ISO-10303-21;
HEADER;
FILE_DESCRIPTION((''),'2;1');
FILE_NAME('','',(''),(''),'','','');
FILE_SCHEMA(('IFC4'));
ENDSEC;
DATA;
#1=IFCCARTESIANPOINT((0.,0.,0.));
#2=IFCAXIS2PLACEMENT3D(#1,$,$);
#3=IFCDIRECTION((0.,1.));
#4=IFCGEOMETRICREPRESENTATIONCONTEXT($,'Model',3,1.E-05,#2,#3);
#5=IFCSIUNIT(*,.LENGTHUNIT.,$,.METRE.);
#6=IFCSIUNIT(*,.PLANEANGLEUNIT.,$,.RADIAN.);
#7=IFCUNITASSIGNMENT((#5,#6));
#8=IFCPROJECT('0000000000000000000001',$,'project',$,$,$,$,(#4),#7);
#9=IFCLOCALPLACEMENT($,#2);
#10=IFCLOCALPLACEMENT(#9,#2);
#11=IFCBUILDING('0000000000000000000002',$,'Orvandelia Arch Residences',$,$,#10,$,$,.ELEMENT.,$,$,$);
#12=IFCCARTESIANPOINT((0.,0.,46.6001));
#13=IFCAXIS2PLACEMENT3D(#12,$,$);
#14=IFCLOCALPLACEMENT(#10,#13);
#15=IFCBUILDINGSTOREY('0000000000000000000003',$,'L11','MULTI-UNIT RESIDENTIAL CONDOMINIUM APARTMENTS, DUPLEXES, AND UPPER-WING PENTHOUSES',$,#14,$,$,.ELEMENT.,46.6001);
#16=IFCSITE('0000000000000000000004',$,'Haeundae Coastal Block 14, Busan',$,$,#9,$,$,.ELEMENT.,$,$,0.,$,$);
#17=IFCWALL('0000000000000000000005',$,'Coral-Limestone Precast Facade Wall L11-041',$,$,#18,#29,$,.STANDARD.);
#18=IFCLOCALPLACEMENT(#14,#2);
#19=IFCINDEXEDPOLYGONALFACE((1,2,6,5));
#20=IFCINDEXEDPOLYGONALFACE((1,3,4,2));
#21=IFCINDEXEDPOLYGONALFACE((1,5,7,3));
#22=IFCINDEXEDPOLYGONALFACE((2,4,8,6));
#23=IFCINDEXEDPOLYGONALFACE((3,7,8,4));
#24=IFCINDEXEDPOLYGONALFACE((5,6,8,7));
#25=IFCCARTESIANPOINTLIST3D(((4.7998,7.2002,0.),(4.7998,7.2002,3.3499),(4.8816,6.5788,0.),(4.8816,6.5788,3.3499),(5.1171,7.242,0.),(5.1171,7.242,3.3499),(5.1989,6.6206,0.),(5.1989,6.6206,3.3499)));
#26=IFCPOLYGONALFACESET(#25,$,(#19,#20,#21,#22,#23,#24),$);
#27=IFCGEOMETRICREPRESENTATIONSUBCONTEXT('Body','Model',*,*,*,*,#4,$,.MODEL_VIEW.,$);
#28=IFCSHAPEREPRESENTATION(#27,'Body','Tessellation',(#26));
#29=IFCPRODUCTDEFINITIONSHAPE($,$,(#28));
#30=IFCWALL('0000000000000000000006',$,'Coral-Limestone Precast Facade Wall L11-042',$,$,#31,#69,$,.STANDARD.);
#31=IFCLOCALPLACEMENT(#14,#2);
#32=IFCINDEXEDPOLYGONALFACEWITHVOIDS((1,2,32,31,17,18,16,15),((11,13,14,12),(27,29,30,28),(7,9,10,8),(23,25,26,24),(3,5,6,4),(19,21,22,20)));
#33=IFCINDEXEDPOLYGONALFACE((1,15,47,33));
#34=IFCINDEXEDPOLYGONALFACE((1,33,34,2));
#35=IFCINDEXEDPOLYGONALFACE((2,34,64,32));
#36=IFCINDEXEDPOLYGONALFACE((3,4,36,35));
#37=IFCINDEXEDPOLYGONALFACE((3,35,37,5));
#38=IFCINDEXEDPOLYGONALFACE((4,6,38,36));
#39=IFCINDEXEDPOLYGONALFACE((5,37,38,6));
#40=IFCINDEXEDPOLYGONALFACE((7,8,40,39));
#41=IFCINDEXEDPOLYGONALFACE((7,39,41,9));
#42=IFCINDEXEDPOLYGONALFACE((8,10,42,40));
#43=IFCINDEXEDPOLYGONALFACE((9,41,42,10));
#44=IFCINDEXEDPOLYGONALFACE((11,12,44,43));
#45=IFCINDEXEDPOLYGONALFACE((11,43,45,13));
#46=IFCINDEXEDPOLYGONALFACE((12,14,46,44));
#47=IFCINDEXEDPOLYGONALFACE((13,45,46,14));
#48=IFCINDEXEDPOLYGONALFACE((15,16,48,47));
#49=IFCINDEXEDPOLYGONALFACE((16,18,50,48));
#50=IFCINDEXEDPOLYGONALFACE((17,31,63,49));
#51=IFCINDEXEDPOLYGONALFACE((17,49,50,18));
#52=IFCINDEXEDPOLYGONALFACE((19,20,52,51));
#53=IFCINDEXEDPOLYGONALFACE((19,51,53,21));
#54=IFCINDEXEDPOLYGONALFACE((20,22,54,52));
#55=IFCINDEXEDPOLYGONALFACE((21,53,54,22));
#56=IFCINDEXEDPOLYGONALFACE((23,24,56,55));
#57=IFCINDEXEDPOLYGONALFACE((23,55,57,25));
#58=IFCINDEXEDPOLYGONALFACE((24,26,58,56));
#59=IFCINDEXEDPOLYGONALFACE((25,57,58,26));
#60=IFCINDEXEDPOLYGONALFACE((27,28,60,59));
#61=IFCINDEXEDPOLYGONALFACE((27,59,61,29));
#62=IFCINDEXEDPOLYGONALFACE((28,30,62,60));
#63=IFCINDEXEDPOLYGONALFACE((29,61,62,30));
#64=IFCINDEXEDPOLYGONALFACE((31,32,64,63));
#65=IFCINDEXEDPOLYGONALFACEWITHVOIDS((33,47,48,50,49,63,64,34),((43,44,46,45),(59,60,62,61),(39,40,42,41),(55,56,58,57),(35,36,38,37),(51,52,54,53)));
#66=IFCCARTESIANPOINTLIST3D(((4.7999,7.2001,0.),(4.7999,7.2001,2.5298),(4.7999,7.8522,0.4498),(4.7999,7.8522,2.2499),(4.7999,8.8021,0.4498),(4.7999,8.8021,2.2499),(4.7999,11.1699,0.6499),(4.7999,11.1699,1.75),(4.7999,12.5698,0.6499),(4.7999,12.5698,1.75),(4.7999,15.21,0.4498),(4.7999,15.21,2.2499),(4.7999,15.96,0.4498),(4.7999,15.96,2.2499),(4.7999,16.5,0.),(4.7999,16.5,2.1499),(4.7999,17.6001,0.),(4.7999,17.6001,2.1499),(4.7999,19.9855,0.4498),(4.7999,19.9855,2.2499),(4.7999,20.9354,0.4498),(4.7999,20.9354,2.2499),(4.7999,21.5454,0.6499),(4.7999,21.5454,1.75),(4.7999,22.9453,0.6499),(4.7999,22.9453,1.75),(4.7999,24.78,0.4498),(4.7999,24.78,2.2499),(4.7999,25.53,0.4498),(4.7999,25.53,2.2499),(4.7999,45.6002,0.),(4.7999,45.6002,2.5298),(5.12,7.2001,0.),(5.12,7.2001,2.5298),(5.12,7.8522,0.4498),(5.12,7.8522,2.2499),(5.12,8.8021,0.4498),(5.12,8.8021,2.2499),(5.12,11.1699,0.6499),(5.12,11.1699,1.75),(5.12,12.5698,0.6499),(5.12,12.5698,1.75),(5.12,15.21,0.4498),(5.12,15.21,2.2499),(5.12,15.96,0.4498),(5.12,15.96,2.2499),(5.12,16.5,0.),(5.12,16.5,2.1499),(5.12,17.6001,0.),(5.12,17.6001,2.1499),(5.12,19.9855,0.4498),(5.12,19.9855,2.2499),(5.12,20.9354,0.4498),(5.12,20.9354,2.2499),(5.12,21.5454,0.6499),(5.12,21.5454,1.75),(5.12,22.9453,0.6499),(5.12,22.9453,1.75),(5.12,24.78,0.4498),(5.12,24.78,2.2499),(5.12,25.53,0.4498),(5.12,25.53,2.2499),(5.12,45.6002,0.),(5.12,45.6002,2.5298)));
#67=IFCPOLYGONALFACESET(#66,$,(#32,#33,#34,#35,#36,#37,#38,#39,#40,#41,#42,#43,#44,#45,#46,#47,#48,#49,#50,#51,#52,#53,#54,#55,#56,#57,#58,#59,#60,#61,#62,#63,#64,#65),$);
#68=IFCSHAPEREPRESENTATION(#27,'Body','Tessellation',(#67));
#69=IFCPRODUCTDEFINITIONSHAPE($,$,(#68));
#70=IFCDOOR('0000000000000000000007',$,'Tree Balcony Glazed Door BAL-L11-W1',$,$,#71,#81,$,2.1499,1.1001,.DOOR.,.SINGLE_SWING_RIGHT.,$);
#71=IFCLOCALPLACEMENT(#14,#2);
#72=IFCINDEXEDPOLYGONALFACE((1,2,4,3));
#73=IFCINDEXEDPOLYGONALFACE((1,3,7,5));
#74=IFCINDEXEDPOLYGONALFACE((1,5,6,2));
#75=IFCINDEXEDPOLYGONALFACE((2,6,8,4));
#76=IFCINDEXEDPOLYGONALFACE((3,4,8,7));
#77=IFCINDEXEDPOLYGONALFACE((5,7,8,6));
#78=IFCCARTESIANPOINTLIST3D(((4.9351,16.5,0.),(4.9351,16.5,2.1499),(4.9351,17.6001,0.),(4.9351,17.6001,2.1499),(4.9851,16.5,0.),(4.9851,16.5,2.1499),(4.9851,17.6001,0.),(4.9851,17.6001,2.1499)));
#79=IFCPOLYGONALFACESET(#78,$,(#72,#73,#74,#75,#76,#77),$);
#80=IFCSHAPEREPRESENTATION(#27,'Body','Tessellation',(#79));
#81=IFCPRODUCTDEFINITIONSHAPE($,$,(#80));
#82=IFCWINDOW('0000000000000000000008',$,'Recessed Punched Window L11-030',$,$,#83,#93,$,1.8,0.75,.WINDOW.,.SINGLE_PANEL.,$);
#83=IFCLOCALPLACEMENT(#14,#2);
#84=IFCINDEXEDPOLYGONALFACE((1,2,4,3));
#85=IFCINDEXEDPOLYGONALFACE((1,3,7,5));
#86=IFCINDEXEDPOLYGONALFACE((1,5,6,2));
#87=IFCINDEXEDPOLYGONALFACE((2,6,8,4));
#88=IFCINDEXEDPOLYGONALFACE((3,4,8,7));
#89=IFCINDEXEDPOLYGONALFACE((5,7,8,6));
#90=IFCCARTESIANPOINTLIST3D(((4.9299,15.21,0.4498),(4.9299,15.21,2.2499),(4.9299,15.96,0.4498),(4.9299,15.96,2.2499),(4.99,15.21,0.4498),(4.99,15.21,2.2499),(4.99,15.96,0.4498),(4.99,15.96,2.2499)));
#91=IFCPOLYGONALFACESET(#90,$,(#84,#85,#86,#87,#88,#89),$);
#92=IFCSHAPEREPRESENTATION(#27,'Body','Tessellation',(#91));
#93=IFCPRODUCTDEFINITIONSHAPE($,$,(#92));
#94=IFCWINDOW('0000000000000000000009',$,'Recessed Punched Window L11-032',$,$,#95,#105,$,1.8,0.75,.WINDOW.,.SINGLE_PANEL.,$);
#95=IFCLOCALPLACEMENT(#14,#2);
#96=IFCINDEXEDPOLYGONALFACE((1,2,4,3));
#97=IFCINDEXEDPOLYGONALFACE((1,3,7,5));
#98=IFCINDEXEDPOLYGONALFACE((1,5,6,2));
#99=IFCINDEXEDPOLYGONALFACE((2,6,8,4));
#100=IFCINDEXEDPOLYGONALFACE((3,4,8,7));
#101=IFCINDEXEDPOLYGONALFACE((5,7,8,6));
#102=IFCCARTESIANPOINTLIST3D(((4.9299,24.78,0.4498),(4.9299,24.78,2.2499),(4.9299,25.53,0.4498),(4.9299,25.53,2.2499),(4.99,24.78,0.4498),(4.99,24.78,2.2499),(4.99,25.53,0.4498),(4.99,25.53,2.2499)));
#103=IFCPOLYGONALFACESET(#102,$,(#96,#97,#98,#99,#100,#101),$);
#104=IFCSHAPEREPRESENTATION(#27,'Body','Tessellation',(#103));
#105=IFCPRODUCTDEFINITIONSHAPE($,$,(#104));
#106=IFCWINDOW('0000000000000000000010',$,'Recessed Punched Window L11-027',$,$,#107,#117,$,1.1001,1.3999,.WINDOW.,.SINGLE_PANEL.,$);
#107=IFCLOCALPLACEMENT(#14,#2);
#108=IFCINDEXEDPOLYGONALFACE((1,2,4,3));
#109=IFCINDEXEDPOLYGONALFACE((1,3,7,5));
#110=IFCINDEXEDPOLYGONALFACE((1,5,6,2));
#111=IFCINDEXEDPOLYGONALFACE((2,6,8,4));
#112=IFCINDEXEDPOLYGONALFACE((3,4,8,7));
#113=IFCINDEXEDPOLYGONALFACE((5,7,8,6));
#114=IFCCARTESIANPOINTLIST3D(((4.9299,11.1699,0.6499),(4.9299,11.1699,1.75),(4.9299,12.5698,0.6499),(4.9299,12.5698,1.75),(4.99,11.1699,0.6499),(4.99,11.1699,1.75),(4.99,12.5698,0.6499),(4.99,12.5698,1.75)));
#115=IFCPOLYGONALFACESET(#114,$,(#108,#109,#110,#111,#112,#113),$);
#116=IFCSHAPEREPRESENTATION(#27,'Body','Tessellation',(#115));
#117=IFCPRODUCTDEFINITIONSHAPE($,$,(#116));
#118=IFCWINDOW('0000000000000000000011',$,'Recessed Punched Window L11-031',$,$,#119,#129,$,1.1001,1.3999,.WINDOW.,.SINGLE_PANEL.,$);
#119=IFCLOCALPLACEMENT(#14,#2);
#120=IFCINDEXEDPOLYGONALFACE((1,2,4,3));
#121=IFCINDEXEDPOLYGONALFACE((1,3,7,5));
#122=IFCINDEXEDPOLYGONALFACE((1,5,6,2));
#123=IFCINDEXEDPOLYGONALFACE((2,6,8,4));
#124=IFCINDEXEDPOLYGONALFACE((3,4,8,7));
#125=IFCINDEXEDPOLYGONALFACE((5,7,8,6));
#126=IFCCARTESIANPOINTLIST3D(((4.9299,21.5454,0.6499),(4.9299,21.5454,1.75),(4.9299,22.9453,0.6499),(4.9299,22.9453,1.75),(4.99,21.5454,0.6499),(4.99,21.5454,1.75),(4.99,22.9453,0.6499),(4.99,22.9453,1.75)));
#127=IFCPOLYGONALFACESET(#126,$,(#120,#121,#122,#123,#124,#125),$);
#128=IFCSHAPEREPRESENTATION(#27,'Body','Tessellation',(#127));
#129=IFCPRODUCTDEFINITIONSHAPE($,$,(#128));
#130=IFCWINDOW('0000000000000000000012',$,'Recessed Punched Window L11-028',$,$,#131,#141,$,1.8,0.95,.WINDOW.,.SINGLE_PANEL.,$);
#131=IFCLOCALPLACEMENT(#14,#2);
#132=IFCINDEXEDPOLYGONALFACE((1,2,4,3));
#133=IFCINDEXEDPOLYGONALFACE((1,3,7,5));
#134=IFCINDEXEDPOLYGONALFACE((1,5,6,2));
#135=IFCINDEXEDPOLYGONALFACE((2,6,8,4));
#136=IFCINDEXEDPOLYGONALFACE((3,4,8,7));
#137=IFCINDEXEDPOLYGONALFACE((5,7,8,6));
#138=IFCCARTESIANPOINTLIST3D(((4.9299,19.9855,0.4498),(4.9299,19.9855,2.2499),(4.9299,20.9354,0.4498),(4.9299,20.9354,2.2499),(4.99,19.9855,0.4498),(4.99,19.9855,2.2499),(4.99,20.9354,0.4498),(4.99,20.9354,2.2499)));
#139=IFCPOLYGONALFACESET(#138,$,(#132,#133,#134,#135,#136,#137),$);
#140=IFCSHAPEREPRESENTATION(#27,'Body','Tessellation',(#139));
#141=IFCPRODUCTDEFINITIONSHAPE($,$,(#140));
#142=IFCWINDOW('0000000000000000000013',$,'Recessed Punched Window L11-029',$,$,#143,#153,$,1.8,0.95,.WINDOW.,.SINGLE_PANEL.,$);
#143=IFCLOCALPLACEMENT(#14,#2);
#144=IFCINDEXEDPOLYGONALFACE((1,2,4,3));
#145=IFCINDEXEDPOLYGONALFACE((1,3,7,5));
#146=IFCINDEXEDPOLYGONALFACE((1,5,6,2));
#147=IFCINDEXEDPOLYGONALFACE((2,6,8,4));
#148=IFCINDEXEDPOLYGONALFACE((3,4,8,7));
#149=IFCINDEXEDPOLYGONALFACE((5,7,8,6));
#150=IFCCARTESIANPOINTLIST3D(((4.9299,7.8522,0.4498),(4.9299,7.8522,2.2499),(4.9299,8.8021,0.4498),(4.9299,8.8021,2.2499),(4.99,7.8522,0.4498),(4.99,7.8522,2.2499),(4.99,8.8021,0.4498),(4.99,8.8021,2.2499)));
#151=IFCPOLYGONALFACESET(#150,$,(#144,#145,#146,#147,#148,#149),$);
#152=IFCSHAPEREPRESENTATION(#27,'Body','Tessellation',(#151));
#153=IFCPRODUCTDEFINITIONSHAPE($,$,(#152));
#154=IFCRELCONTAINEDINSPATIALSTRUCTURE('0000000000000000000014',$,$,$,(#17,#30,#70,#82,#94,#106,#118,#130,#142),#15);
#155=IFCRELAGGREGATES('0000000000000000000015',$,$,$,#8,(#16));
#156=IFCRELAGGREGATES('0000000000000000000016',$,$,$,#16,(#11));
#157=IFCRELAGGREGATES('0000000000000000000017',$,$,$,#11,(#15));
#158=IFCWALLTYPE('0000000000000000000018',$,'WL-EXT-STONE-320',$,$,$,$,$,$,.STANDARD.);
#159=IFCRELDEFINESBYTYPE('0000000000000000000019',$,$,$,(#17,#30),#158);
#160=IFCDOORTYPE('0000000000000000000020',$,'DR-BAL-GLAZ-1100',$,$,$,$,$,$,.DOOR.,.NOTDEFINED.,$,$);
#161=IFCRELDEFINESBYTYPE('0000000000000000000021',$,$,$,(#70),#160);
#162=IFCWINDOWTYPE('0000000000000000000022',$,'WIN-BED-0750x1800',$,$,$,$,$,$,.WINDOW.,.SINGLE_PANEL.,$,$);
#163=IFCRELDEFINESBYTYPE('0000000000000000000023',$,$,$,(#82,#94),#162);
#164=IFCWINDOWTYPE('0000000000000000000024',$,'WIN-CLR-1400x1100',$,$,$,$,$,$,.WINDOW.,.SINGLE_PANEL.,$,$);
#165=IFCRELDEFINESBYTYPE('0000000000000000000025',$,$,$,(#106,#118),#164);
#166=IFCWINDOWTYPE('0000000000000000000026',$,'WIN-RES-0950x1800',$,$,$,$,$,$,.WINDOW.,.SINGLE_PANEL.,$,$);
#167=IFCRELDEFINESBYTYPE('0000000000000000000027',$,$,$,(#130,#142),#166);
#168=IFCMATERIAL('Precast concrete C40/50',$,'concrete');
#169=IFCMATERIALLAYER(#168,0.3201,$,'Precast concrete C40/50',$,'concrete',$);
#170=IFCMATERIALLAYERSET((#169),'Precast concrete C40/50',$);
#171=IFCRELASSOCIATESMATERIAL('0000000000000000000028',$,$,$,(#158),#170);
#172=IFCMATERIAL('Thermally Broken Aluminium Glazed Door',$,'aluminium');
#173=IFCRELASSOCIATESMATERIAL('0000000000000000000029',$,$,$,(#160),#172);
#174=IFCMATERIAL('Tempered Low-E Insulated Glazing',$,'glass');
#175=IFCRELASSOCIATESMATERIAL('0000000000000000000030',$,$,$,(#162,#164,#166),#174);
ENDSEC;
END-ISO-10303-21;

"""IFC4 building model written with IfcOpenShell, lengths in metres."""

from ifc_helpers import new_model, si_unit, direction, frame, frame_2d, origin, place, context, subcontext, project, spatial, rectangle, extrude, material, layer, layer_set, type_object, element, fill, save


model = new_model("IFC4")

# Units and contexts
model_context = context("Model", 3, precision=1e-05, world=origin(), true_north=direction((0.0, 1.0)))
body_context = subcontext(model_context, "Body", "Model", "MODEL_VIEW")
ifc_project = project(units=[si_unit("LENGTHUNIT", "METRE"), si_unit("PLANEANGLEUNIT", "RADIAN")], contexts=[model_context])

# Site, building, storey
site_placement = place(None, origin())
site = spatial("IfcSite", under=ifc_project, at=site_placement, Name="Haeundae Coastal Block 14, Busan", CompositionType="ELEMENT", RefElevation=0.0)
building_placement = place(site_placement, origin())
building = spatial("IfcBuilding", under=site, at=building_placement, Name="Orvandelia Arch Residences", CompositionType="ELEMENT")
storey_placement = place(building_placement, frame((0.0, 0.0, 46.6001)))
storey = spatial("IfcBuildingStorey", under=building, at=storey_placement, Name="L11", Description="MULTI-UNIT RESIDENTIAL CONDOMINIUM APARTMENTS, DUPLEXES, AND UPPER-WING PENTHOUSES", CompositionType="ELEMENT", Elevation=46.6001)

# Shared definitions
ifc_material_1 = material(Name="Precast concrete C40/50", Category="concrete")

# Wall
ifc_layer_1 = layer(ifc_material_1, 0.3201, Name="Precast concrete C40/50", Category="concrete")
ifc_layer_set_1 = layer_set([ifc_layer_1], Name="Precast concrete C40/50")
wall_type_1 = type_object("IfcWallType", Name="WL-EXT-STONE-320", PredefinedType="STANDARD", material=ifc_layer_set_1)
wall_1_placement = place(storey_placement, frame((5.0403, 6.5996, 0.0), z_axis=(0.0, 0.0, 1.0), x_axis=(-0.130505, 0.991448, 0.0)))
element("IfcWall", 1, at=wall_1_placement, inside=storey, type_object=wall_type_1, Name="Coral-Limestone Precast Facade Wall L11-041", PredefinedType="STANDARD", context=body_context, shape_type="SweptSolid", body=[
    extrude(rectangle(XDim=0.6267, YDim=0.3201, at=frame_2d((0.3135, 0.0))), origin(), (0.0, 0.0, 1.0), 3.3499),
])

# Wall, openings, door, windows
wall_2_placement = place(storey_placement, frame((4.96, 7.2, 0.0), z_axis=(0.0, 0.0, 1.0), x_axis=(0.0, 1.0, 0.0)))
wall_2 = element("IfcWall", 2, at=wall_2_placement, inside=storey, type_object=wall_type_1, Name="Coral-Limestone Precast Facade Wall L11-042", PredefinedType="STANDARD", context=body_context, shape_type="SweptSolid", body=[
    extrude(rectangle(XDim=38.4001, YDim=0.3201, at=frame_2d((19.2002, 0.0))), origin(), (0.0, 0.0, 1.0), 2.5298),
])
opening_1_placement = place(wall_2_placement, frame((9.3, 0.0, 0.0)))
opening_1 = element("IfcOpeningElement", 3, at=opening_1_placement, cuts=wall_2, PredefinedType="OPENING", context=body_context, shape_type="SweptSolid", body=[
    extrude(rectangle(XDim=1.1001, YDim=2.1499, at=frame_2d((0.55, 1.075))), frame((0.0, 0.1699, 0.0), z_axis=(0.0, -1.0, 0.0), x_axis=(1.0, 0.0, 0.0)), (0.0, 0.0, 1.0), 0.3401),
])
opening_2_placement = place(wall_2_placement, frame((3.97, 0.0, 0.6499)))
opening_2 = element("IfcOpeningElement", 4, at=opening_2_placement, cuts=wall_2, PredefinedType="OPENING", context=body_context, shape_type="SweptSolid", body=[
    extrude(rectangle(XDim=1.3999, YDim=1.1001, at=frame_2d((0.7, 0.55))), frame((0.0, 0.1699, 0.0), z_axis=(0.0, -1.0, 0.0), x_axis=(1.0, 0.0, 0.0)), (0.0, 0.0, 1.0), 0.3401),
])
opening_3_placement = place(wall_2_placement, frame((12.7854, 0.0, 0.45)))
opening_3 = element("IfcOpeningElement", 5, at=opening_3_placement, cuts=wall_2, PredefinedType="OPENING", context=body_context, shape_type="SweptSolid", body=[
    extrude(rectangle(XDim=0.95, YDim=1.8, at=frame_2d((0.4751, 0.8999))), frame((0.0, 0.1699, 0.0), z_axis=(0.0, -1.0, 0.0), x_axis=(1.0, 0.0, 0.0)), (0.0, 0.0, 1.0), 0.3401),
])
opening_4_placement = place(wall_2_placement, frame((0.6521, 0.0, 0.45)))
opening_4 = element("IfcOpeningElement", 6, at=opening_4_placement, cuts=wall_2, PredefinedType="OPENING", context=body_context, shape_type="SweptSolid", body=[
    extrude(rectangle(XDim=0.95, YDim=1.8, at=frame_2d((0.4751, 0.8999))), frame((0.0, 0.1699, 0.0), z_axis=(0.0, -1.0, 0.0), x_axis=(1.0, 0.0, 0.0)), (0.0, 0.0, 1.0), 0.3401),
])
opening_5_placement = place(wall_2_placement, frame((8.01, 0.0, 0.45)))
opening_5 = element("IfcOpeningElement", 7, at=opening_5_placement, cuts=wall_2, PredefinedType="OPENING", context=body_context, shape_type="SweptSolid", body=[
    extrude(rectangle(XDim=0.75, YDim=1.8, at=frame_2d((0.375, 0.8999))), frame((0.0, 0.1699, 0.0), z_axis=(0.0, -1.0, 0.0), x_axis=(1.0, 0.0, 0.0)), (0.0, 0.0, 1.0), 0.3401),
])
opening_6_placement = place(wall_2_placement, frame((14.3455, 0.0, 0.6499)))
opening_6 = element("IfcOpeningElement", 8, at=opening_6_placement, cuts=wall_2, PredefinedType="OPENING", context=body_context, shape_type="SweptSolid", body=[
    extrude(rectangle(XDim=1.3999, YDim=1.1001, at=frame_2d((0.7, 0.55))), frame((0.0, 0.1699, 0.0), z_axis=(0.0, -1.0, 0.0), x_axis=(1.0, 0.0, 0.0)), (0.0, 0.0, 1.0), 0.3401),
])
opening_7_placement = place(wall_2_placement, frame((17.5801, 0.0, 0.45)))
opening_7 = element("IfcOpeningElement", 9, at=opening_7_placement, cuts=wall_2, PredefinedType="OPENING", context=body_context, shape_type="SweptSolid", body=[
    extrude(rectangle(XDim=0.75, YDim=1.8, at=frame_2d((0.375, 0.8999))), frame((0.0, 0.1699, 0.0), z_axis=(0.0, -1.0, 0.0), x_axis=(1.0, 0.0, 0.0)), (0.0, 0.0, 1.0), 0.3401),
])
ifc_material_2 = material(Name="Thermally Broken Aluminium Glazed Door", Category="aluminium")
door_type_1 = type_object("IfcDoorType", Name="DR-BAL-GLAZ-1100", OperationType="NOTDEFINED", PredefinedType="DOOR", material=ifc_material_2)
door_1_placement = place(opening_1_placement, origin())
door_1 = element("IfcDoor", 10, at=door_1_placement, inside=storey, type_object=door_type_1, Name="Tree Balcony Glazed Door BAL-L11-W1", OperationType="SINGLE_SWING_RIGHT", OverallHeight=2.1499, OverallWidth=1.1001, PredefinedType="DOOR", context=body_context, shape_type="SweptSolid", body=[
    extrude(rectangle(XDim=1.1001, YDim=2.1499, at=frame_2d((0.55, 1.075))), frame((0.0, 0.0249, 0.0), z_axis=(0.0, -1.0, 0.0), x_axis=(1.0, 0.0, 0.0)), (0.0, 0.0, 1.0), 0.05),
])
fill(opening_1, door_1)
ifc_material_3 = material(Name="Tempered Low-E Insulated Glazing", Category="glass")
window_type_1 = type_object("IfcWindowType", Name="WIN-BED-0750x1800", PartitioningType="SINGLE_PANEL", PredefinedType="WINDOW", material=ifc_material_3)
window_1_placement = place(opening_5_placement, origin())
window_1 = element("IfcWindow", 11, at=window_1_placement, inside=storey, type_object=window_type_1, Name="Recessed Punched Window L11-030", OverallHeight=1.8, OverallWidth=0.75, PartitioningType="SINGLE_PANEL", PredefinedType="WINDOW", context=body_context, shape_type="SweptSolid", body=[
    extrude(rectangle(XDim=0.75, YDim=1.8, at=frame_2d((0.375, 0.8999))), frame((0.0, 0.03, 0.0), z_axis=(0.0, -1.0, 0.0), x_axis=(1.0, 0.0, 0.0)), (0.0, 0.0, 1.0), 0.0601),
])
fill(opening_5, window_1)
window_2_placement = place(opening_7_placement, origin())
window_2 = element("IfcWindow", 12, at=window_2_placement, inside=storey, type_object=window_type_1, Name="Recessed Punched Window L11-032", OverallHeight=1.8, OverallWidth=0.75, PartitioningType="SINGLE_PANEL", PredefinedType="WINDOW", context=body_context, shape_type="SweptSolid", body=[
    extrude(rectangle(XDim=0.75, YDim=1.8, at=frame_2d((0.375, 0.8999))), frame((0.0, 0.03, 0.0), z_axis=(0.0, -1.0, 0.0), x_axis=(1.0, 0.0, 0.0)), (0.0, 0.0, 1.0), 0.0601),
])
fill(opening_7, window_2)
window_type_2 = type_object("IfcWindowType", Name="WIN-CLR-1400x1100", PartitioningType="SINGLE_PANEL", PredefinedType="WINDOW", material=ifc_material_3)
window_3_placement = place(opening_2_placement, origin())
window_3 = element("IfcWindow", 13, at=window_3_placement, inside=storey, type_object=window_type_2, Name="Recessed Punched Window L11-027", OverallHeight=1.1001, OverallWidth=1.3999, PartitioningType="SINGLE_PANEL", PredefinedType="WINDOW", context=body_context, shape_type="SweptSolid", body=[
    extrude(rectangle(XDim=1.3999, YDim=1.1001, at=frame_2d((0.7, 0.55))), frame((0.0, 0.03, 0.0), z_axis=(0.0, -1.0, 0.0), x_axis=(1.0, 0.0, 0.0)), (0.0, 0.0, 1.0), 0.0601),
])
fill(opening_2, window_3)
window_4_placement = place(opening_6_placement, origin())
window_4 = element("IfcWindow", 14, at=window_4_placement, inside=storey, type_object=window_type_2, Name="Recessed Punched Window L11-031", OverallHeight=1.1001, OverallWidth=1.3999, PartitioningType="SINGLE_PANEL", PredefinedType="WINDOW", context=body_context, shape_type="SweptSolid", body=[
    extrude(rectangle(XDim=1.3999, YDim=1.1001, at=frame_2d((0.7, 0.55))), frame((0.0, 0.03, 0.0), z_axis=(0.0, -1.0, 0.0), x_axis=(1.0, 0.0, 0.0)), (0.0, 0.0, 1.0), 0.0601),
])
fill(opening_6, window_4)
window_type_3 = type_object("IfcWindowType", Name="WIN-RES-0950x1800", PartitioningType="SINGLE_PANEL", PredefinedType="WINDOW", material=ifc_material_3)
window_5_placement = place(opening_3_placement, origin())
window_5 = element("IfcWindow", 15, at=window_5_placement, inside=storey, type_object=window_type_3, Name="Recessed Punched Window L11-028", OverallHeight=1.8, OverallWidth=0.95, PartitioningType="SINGLE_PANEL", PredefinedType="WINDOW", context=body_context, shape_type="SweptSolid", body=[
    extrude(rectangle(XDim=0.95, YDim=1.8, at=frame_2d((0.4751, 0.8999))), frame((0.0, 0.03, 0.0), z_axis=(0.0, -1.0, 0.0), x_axis=(1.0, 0.0, 0.0)), (0.0, 0.0, 1.0), 0.0601),
])
fill(opening_3, window_5)
window_6_placement = place(opening_4_placement, origin())
window_6 = element("IfcWindow", 16, at=window_6_placement, inside=storey, type_object=window_type_3, Name="Recessed Punched Window L11-029", OverallHeight=1.8, OverallWidth=0.95, PartitioningType="SINGLE_PANEL", PredefinedType="WINDOW", context=body_context, shape_type="SweptSolid", body=[
    extrude(rectangle(XDim=0.95, YDim=1.8, at=frame_2d((0.4751, 0.8999))), frame((0.0, 0.03, 0.0), z_axis=(0.0, -1.0, 0.0), x_axis=(1.0, 0.0, 0.0)), (0.0, 0.0, 1.0), 0.0601),
])
fill(opening_4, window_6)

save(model, "model.ifc")
